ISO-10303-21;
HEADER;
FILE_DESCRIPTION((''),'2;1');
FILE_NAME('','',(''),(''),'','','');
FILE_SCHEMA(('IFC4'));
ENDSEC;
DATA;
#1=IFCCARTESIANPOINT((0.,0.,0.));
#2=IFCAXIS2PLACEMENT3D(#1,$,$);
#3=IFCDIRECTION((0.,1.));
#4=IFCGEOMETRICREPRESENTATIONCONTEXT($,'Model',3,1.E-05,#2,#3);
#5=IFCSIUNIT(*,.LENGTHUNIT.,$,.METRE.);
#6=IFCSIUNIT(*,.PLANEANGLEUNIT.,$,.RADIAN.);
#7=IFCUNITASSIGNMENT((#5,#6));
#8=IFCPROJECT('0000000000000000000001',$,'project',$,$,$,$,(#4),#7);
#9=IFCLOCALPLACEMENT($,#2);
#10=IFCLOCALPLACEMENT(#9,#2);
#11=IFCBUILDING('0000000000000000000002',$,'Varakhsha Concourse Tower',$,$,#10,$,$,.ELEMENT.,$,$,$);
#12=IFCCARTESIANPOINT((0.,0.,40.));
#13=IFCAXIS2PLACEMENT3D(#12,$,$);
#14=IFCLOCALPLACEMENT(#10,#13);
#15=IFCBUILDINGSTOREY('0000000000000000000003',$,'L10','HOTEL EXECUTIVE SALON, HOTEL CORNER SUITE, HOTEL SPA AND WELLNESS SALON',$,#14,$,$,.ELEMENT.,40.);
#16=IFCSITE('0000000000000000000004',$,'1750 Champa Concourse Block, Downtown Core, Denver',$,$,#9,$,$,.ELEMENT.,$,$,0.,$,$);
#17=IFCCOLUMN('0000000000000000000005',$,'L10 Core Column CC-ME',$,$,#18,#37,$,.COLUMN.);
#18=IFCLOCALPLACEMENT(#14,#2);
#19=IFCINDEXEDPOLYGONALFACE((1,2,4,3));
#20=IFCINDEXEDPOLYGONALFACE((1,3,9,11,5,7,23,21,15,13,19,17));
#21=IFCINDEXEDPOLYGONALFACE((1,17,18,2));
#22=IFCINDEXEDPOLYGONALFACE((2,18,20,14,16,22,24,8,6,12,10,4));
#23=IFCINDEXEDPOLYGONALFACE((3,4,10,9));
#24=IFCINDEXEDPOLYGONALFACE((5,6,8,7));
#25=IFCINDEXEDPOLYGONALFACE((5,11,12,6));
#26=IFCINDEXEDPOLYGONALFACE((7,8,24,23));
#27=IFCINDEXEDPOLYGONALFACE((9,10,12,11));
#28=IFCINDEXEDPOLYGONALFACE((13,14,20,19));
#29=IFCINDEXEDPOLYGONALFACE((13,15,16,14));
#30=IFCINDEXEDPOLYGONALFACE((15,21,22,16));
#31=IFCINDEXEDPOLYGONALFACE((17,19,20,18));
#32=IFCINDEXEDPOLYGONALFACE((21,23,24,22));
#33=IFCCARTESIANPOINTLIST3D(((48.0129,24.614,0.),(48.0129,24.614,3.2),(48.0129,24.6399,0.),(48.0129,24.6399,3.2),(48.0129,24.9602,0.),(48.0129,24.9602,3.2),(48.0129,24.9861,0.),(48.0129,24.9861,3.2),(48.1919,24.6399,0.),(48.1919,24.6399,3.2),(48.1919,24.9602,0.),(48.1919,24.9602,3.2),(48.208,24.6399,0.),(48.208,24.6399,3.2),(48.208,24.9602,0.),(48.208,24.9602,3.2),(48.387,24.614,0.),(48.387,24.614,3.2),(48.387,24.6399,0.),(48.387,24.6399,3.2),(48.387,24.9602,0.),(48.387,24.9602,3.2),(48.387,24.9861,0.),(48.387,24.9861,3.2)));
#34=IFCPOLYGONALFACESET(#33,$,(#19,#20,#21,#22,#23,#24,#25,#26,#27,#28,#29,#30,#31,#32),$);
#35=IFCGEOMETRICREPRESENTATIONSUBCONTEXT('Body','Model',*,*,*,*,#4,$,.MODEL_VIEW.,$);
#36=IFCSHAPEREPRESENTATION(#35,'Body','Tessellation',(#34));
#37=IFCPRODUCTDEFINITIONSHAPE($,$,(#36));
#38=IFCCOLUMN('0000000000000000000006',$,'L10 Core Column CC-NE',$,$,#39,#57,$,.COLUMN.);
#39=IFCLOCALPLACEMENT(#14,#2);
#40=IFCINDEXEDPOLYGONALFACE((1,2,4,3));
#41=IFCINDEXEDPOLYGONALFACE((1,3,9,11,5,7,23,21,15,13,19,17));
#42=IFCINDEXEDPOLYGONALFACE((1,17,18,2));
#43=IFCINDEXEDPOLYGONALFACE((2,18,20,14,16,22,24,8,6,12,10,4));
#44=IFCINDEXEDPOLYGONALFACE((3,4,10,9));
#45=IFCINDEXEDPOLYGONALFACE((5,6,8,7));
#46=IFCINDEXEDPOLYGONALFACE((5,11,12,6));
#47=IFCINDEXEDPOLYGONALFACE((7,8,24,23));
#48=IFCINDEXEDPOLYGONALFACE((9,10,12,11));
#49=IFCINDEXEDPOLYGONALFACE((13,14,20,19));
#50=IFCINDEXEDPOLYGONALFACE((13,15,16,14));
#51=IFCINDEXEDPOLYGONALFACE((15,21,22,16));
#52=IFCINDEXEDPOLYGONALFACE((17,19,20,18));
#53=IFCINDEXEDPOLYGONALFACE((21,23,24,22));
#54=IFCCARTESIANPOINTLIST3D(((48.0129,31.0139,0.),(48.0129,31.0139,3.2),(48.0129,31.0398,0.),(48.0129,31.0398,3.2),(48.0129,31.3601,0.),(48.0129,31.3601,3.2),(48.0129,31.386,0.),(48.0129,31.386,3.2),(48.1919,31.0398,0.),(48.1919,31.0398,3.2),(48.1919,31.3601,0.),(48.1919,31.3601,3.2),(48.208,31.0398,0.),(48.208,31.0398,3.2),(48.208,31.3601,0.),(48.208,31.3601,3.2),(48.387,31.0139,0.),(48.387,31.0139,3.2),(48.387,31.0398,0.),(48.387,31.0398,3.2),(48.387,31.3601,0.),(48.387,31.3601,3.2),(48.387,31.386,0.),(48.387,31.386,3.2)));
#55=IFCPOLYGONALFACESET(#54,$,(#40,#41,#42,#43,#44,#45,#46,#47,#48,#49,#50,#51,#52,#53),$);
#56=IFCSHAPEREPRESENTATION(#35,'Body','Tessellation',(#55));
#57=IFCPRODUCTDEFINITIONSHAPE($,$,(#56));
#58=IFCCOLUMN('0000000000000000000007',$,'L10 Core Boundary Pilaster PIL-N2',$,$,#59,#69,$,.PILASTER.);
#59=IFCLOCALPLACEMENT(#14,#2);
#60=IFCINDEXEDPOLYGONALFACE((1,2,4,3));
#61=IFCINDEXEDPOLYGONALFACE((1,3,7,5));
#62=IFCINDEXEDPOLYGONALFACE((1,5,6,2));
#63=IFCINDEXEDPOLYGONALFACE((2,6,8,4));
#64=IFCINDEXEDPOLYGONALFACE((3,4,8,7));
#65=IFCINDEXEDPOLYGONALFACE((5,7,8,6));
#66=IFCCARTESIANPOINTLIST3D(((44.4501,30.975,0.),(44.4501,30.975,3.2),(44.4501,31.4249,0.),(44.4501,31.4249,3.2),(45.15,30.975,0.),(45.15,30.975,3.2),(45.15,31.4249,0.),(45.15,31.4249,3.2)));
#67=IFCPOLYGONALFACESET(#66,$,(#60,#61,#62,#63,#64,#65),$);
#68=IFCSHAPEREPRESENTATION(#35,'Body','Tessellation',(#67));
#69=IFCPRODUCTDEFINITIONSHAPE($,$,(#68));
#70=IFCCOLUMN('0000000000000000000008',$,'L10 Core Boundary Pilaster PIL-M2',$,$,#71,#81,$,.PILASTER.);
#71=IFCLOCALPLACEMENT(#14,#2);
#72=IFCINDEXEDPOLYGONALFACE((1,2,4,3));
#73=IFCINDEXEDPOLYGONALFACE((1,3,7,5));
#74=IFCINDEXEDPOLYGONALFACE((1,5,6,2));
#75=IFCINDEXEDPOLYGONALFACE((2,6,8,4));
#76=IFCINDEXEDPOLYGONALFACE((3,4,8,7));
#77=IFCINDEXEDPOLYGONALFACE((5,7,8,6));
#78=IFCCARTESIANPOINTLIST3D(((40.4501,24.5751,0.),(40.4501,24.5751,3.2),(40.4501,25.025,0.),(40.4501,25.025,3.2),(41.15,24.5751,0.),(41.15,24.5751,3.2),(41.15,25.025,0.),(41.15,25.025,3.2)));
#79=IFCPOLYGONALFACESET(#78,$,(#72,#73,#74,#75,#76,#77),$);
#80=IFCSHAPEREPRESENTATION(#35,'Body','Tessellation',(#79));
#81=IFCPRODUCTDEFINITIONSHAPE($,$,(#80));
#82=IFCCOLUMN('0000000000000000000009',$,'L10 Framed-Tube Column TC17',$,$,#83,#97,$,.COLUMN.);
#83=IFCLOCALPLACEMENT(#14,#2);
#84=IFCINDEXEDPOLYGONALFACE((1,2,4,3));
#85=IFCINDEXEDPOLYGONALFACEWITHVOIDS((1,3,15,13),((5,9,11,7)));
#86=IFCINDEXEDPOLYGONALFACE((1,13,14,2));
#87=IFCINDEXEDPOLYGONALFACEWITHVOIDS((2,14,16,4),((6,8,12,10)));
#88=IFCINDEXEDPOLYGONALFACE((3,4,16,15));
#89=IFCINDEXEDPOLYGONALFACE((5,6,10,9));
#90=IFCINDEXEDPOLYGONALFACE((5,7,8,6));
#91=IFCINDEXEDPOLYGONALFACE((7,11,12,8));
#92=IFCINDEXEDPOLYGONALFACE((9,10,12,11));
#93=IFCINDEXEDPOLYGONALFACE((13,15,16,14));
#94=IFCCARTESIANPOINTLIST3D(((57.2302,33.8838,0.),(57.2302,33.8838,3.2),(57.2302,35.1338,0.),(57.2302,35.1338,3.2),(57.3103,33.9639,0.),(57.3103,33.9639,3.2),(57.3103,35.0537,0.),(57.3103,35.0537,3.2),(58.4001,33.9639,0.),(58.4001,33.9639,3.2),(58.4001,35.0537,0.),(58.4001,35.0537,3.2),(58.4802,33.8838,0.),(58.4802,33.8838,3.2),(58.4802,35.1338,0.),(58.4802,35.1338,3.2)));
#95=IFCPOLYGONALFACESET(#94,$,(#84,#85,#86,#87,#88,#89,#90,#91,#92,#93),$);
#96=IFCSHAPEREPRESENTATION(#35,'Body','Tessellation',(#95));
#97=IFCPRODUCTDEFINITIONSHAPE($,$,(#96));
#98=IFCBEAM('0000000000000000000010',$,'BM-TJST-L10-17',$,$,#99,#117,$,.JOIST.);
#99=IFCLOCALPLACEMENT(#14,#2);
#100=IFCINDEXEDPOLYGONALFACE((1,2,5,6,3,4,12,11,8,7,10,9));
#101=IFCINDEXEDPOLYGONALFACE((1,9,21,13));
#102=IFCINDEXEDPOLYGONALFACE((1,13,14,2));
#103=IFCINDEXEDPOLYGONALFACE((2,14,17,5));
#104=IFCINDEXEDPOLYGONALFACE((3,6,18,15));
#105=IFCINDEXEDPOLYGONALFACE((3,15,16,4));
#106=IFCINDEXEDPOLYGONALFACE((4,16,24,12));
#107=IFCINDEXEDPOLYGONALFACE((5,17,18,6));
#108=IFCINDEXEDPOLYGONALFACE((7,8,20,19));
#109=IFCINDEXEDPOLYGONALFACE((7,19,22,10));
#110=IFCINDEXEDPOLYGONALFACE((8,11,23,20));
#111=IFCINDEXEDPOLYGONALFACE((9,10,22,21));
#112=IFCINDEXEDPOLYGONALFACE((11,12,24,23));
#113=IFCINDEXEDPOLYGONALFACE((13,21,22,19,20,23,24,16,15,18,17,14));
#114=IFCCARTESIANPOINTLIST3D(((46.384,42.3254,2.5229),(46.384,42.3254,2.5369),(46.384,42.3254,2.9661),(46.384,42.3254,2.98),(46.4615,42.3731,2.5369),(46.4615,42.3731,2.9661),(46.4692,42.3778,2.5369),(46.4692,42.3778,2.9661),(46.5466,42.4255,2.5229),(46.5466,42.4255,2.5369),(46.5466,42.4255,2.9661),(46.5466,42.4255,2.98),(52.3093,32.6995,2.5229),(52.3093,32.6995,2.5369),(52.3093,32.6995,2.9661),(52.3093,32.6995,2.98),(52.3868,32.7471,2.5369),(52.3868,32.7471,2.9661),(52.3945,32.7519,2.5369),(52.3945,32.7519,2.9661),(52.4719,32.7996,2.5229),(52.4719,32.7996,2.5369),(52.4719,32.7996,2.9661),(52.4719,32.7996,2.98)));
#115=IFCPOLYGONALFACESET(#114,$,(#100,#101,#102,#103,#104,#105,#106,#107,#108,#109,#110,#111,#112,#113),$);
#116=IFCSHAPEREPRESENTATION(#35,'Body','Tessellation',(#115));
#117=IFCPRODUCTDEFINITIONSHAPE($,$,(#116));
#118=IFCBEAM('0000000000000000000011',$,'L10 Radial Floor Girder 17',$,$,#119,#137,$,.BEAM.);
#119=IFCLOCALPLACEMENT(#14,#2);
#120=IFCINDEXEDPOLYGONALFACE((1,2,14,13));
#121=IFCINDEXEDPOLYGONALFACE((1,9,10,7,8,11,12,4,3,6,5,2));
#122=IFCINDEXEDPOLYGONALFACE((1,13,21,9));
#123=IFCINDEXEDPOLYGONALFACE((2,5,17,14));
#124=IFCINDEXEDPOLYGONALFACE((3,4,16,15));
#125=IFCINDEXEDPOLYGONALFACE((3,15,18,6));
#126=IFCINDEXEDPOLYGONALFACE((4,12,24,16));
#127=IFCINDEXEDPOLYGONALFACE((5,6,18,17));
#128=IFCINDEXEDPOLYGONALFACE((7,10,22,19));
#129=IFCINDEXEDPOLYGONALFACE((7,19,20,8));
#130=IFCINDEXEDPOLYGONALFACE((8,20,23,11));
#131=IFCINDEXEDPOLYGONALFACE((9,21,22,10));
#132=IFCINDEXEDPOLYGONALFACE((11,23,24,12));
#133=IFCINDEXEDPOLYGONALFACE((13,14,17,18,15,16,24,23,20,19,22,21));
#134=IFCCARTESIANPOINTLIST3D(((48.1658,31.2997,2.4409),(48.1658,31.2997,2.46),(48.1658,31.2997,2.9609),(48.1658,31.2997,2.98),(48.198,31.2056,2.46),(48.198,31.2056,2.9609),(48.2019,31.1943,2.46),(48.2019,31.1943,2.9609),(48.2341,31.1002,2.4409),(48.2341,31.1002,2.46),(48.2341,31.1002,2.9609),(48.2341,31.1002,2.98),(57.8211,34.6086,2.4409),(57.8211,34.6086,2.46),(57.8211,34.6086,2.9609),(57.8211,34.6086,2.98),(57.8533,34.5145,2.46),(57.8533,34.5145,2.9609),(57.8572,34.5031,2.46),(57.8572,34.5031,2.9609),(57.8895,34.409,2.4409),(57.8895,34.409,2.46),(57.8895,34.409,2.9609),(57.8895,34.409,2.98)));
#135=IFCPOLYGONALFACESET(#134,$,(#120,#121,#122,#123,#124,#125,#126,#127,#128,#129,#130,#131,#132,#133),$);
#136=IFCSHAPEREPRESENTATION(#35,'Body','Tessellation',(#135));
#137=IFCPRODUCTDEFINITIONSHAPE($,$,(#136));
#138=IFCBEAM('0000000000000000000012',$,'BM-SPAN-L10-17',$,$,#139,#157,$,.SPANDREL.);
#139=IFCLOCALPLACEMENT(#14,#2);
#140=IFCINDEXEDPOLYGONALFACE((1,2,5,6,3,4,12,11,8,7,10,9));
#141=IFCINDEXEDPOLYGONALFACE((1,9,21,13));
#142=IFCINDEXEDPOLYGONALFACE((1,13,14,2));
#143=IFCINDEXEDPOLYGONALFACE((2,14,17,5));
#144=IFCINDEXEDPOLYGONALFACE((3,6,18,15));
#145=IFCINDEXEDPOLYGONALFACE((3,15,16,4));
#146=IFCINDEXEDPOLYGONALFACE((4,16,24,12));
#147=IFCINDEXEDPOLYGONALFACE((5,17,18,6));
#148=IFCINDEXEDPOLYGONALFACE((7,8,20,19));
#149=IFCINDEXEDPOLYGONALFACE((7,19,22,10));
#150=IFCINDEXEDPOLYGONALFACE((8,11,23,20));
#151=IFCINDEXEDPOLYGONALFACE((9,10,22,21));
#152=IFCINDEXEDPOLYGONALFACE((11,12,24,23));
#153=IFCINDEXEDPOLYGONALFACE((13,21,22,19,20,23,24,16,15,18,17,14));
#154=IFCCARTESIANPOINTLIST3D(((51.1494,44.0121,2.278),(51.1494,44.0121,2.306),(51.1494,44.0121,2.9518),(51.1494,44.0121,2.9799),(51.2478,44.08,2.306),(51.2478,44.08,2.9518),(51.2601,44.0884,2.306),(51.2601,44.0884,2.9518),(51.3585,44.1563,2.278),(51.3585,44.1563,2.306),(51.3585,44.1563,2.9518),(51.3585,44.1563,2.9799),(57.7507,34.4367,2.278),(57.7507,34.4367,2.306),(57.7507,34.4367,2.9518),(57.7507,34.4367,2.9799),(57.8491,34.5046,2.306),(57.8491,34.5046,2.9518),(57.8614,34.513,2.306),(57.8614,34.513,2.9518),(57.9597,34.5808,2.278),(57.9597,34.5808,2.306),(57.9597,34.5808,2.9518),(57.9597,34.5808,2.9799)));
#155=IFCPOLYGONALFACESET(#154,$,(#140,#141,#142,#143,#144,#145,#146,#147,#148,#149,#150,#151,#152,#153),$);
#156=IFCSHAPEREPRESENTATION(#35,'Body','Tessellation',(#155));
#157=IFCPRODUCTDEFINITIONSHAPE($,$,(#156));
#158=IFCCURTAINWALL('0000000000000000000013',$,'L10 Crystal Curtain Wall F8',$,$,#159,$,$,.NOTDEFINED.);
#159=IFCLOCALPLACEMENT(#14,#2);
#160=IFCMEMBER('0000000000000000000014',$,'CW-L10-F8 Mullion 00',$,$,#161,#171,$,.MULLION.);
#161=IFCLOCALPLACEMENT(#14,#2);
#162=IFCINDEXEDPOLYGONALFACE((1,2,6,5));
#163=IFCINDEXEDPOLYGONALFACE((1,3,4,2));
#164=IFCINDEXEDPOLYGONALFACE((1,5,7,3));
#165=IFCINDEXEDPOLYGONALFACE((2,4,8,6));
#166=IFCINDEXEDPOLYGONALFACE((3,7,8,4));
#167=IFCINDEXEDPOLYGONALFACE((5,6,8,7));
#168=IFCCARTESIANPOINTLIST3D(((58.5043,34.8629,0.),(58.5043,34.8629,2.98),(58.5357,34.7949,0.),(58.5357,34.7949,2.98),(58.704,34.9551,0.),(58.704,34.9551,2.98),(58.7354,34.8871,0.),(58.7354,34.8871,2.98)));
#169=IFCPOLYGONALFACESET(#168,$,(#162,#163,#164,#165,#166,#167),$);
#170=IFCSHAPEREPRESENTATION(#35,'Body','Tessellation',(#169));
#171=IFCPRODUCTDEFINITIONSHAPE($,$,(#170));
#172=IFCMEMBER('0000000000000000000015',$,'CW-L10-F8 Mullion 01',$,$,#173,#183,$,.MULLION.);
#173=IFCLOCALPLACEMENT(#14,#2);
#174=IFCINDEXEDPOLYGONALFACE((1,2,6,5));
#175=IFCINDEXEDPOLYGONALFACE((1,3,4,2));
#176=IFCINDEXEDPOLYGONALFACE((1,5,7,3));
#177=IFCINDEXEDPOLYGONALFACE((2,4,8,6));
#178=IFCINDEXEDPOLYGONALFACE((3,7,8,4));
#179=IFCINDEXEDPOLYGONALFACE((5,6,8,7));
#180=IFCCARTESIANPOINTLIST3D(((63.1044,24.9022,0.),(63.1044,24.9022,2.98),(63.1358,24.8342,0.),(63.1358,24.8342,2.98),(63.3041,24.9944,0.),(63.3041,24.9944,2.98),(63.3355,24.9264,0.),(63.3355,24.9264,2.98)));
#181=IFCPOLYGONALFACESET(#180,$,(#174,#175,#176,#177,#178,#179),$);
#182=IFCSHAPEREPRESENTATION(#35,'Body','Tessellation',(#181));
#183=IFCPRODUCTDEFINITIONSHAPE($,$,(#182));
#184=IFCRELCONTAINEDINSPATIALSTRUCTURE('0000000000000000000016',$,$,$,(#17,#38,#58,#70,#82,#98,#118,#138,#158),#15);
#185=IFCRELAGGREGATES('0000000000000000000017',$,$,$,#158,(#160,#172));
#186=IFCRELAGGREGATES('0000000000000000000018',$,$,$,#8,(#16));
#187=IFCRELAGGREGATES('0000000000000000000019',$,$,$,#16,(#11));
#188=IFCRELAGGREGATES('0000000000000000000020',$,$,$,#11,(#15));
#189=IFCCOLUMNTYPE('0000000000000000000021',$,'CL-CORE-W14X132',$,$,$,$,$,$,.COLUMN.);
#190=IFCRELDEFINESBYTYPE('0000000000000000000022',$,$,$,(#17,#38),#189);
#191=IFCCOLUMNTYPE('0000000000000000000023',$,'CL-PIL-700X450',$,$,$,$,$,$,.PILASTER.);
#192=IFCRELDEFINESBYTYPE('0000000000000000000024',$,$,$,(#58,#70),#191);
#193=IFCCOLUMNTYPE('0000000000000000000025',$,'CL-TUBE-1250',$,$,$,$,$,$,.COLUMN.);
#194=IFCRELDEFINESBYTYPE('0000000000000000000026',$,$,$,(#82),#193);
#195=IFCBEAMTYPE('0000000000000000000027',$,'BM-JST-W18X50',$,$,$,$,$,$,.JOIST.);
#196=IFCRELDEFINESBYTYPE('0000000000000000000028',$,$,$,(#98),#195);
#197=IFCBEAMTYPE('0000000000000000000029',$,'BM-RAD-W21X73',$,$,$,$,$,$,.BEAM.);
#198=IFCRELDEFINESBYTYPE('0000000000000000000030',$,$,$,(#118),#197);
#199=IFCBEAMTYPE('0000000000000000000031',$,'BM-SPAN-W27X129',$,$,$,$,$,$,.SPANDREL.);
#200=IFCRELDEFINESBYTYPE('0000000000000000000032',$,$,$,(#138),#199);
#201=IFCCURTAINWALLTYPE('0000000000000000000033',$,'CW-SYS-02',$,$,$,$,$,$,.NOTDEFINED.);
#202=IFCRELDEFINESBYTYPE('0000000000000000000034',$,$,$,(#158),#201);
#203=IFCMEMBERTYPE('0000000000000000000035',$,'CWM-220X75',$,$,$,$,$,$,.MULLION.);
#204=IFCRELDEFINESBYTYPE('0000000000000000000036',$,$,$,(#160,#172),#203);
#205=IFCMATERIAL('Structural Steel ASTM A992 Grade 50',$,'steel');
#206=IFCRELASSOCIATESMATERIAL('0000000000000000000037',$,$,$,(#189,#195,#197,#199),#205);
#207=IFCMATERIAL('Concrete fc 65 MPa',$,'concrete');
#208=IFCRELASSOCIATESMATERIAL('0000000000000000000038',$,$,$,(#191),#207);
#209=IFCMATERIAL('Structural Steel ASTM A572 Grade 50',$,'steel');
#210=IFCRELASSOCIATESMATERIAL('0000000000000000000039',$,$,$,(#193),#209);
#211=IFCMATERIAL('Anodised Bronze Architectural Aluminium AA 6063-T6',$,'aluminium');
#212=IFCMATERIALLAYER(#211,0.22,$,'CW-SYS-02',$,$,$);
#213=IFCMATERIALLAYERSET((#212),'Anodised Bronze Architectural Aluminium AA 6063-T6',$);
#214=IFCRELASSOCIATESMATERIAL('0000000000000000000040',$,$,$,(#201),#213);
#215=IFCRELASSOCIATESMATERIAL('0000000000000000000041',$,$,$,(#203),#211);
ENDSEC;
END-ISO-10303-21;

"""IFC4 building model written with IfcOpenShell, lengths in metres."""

from ifc_helpers import new_model, si_unit, direction, frame, origin, origin_2d, place, context, subcontext, project, spatial, rectangle, hollow_rectangle, i_section, extrude, source, transform, mapped, material, layer, layer_set, material_profile, profile_set, type_object, type_shapes, element, aggregate, save


model = new_model("IFC4")

# Units and contexts
model_context = context("Model", 3, precision=1e-05, world=origin(), true_north=direction((0.0, 1.0)))
body_context = subcontext(model_context, "Body", "Model", "MODEL_VIEW")
ifc_project = project(units=[si_unit("LENGTHUNIT", "METRE"), si_unit("PLANEANGLEUNIT", "RADIAN")], contexts=[model_context])

# Site, building, storey
site_placement = place(None, origin())
site = spatial("IfcSite", under=ifc_project, at=site_placement, Name="1750 Champa Concourse Block, Downtown Core, Denver", CompositionType="ELEMENT", RefElevation=0.0)
building_placement = place(site_placement, origin())
building = spatial("IfcBuilding", under=site, at=building_placement, Name="Varakhsha Concourse Tower", CompositionType="ELEMENT")
storey_placement = place(building_placement, frame((0.0, 0.0, 40.0)))
storey = spatial("IfcBuildingStorey", under=building, at=storey_placement, Name="L10", Description="HOTEL EXECUTIVE SALON, HOTEL CORNER SUITE, HOTEL SPA AND WELLNESS SALON", CompositionType="ELEMENT", Elevation=40.0)

# Columns
ifc_material_1 = material(Name="Structural Steel ASTM A992 Grade 50", Category="steel")
ifc_material_profile_1 = material_profile(ifc_material_1, i_section(OverallWidth=0.374, OverallDepth=0.3721, WebThickness=0.0161, FlangeThickness=0.0259, at=origin_2d()), Name="W14X132")
ifc_profile_set_1 = profile_set([ifc_material_profile_1], Name="Structural Steel ASTM A992 Grade 50")
column_type_1 = type_object("IfcColumnType", Name="CL-CORE-W14X132", PredefinedType="COLUMN", material=ifc_profile_set_1)
for number, where, z_axis, x_axis, name in (
    (1, (48.2, 24.8, 0.0), (0.0, 0.0, 1.0), (1.0, 0.0, 0.0), "L10 Core Column CC-ME"),
    (2, (48.2, 31.2, 0.0), (0.0, 0.0, 1.0), (1.0, 0.0, 0.0), "L10 Core Column CC-NE"),
):
    element("IfcColumn", number, at=place(storey_placement, frame(where, z_axis=z_axis, x_axis=x_axis)), inside=storey, type_object=column_type_1, Name=name, PredefinedType="COLUMN", context=body_context, shape_type="SweptSolid", body=[
        extrude(i_section(OverallWidth=0.374, OverallDepth=0.3721, WebThickness=0.0161, FlangeThickness=0.0259, at=origin_2d()), origin(), (0.0, 0.0, 1.0), 3.2),
    ])
ifc_material_2 = material(Name="Concrete fc 65 MPa", Category="concrete")
ifc_material_profile_2 = material_profile(ifc_material_2, rectangle(XDim=0.7, YDim=0.45, at=origin_2d()), Name="RC 700x450")
ifc_profile_set_2 = profile_set([ifc_material_profile_2], Name="Concrete fc 65 MPa")
column_type_2 = type_object("IfcColumnType", Name="CL-PIL-700X450", PredefinedType="PILASTER", material=ifc_profile_set_2)
for number, where, z_axis, x_axis, name in (
    (3, (44.8, 31.2, 0.0), (0.0, 0.0, 1.0), (1.0, 0.0, 0.0), "L10 Core Boundary Pilaster PIL-N2"),
    (4, (40.8, 24.8, 0.0), (0.0, 0.0, 1.0), (1.0, 0.0, 0.0), "L10 Core Boundary Pilaster PIL-M2"),
):
    element("IfcColumn", number, at=place(storey_placement, frame(where, z_axis=z_axis, x_axis=x_axis)), inside=storey, type_object=column_type_2, Name=name, PredefinedType="PILASTER", context=body_context, shape_type="SweptSolid", body=[
        extrude(rectangle(XDim=0.7, YDim=0.45, at=origin_2d()), origin(), (0.0, 0.0, 1.0), 3.2),
    ])
ifc_material_3 = material(Name="Structural Steel ASTM A572 Grade 50", Category="steel")
ifc_material_profile_3 = material_profile(ifc_material_3, hollow_rectangle(XDim=1.25, YDim=1.25, WallThickness=0.0801, at=origin_2d()), Name="BOX 1250x1250x80")
ifc_profile_set_3 = profile_set([ifc_material_profile_3], Name="Structural Steel ASTM A572 Grade 50")
column_type_3 = type_object("IfcColumnType", Name="CL-TUBE-1250", PredefinedType="COLUMN", material=ifc_profile_set_3)
column_placement = place(storey_placement, frame((57.8552, 34.5088, 0.0), z_axis=(0.0, 0.0, 1.0), x_axis=(1.0, 0.0, 0.0)))
element("IfcColumn", 5, at=column_placement, inside=storey, type_object=column_type_3, Name="L10 Framed-Tube Column TC17", PredefinedType="COLUMN", context=body_context, shape_type="SweptSolid", body=[
    extrude(hollow_rectangle(XDim=1.25, YDim=1.25, WallThickness=0.0801, at=origin_2d()), origin(), (0.0, 0.0, 1.0), 3.2),
])

# Beams
ifc_material_profile_4 = material_profile(ifc_material_1, i_section(OverallWidth=0.1909, OverallDepth=0.457, WebThickness=0.009, FlangeThickness=0.0139, at=origin_2d()), Name="W18X50")
ifc_profile_set_4 = profile_set([ifc_material_profile_4], Name="Structural Steel ASTM A992 Grade 50")
beam_type_1 = type_object("IfcBeamType", Name="BM-JST-W18X50", PredefinedType="JOIST", material=ifc_profile_set_4)
beam_1_placement = place(storey_placement, frame((52.3906, 32.7495, 2.7515), z_axis=(-0.524201, 0.851595, 0.0), x_axis=(-0.851595, -0.524201, 0.0)))
element("IfcBeam", 6, at=beam_1_placement, inside=storey, type_object=beam_type_1, Name="BM-TJST-L10-17", PredefinedType="JOIST", context=body_context, shape_type="SweptSolid", body=[
    extrude(i_section(OverallWidth=0.1909, OverallDepth=0.457, WebThickness=0.009, FlangeThickness=0.0139, at=origin_2d()), origin(), (0.0, 0.0, 1.0), 11.3035),
])
ifc_material_profile_5 = material_profile(ifc_material_1, i_section(OverallWidth=0.2109, OverallDepth=0.5391, WebThickness=0.012, FlangeThickness=0.019, at=origin_2d()), Name="W21X73")
ifc_profile_set_5 = profile_set([ifc_material_profile_5], Name="Structural Steel ASTM A992 Grade 50")
beam_type_2 = type_object("IfcBeamType", Name="BM-RAD-W21X73", PredefinedType="BEAM", material=ifc_profile_set_5)
beam_2_placement = place(storey_placement, frame((48.2, 31.2, 2.7104), z_axis=(0.945992, 0.324189, 0.0), x_axis=(-0.324189, 0.945992, 0.0)))
element("IfcBeam", 7, at=beam_2_placement, inside=storey, type_object=beam_type_2, Name="L10 Radial Floor Girder 17", PredefinedType="BEAM", context=body_context, shape_type="SweptSolid", body=[
    extrude(i_section(OverallWidth=0.2109, OverallDepth=0.5391, WebThickness=0.012, FlangeThickness=0.019, at=origin_2d()), origin(), (0.0, 0.0, 1.0), 10.2065),
])
ifc_material_profile_6 = material_profile(ifc_material_1, i_section(OverallWidth=0.2539, OverallDepth=0.7019, WebThickness=0.0149, FlangeThickness=0.0281, at=origin_2d()), Name="W27X129")
ifc_profile_set_6 = profile_set([ifc_material_profile_6], Name="Structural Steel ASTM A992 Grade 50")
beam_type_3 = type_object("IfcBeamType", Name="BM-SPAN-W27X129", PredefinedType="SPANDREL", material=ifc_profile_set_6)
beam_3_placement = place(storey_placement, frame((57.8552, 34.5088, 2.6289), z_axis=(-0.567591, 0.823311, 0.0), x_axis=(-0.823311, -0.567591, 0.0)))
element("IfcBeam", 8, at=beam_3_placement, inside=storey, type_object=beam_type_3, Name="BM-SPAN-L10-17", PredefinedType="SPANDREL", context=body_context, shape_type="SweptSolid", body=[
    extrude(i_section(OverallWidth=0.2539, OverallDepth=0.7019, WebThickness=0.0149, FlangeThickness=0.0281, at=origin_2d()), origin(), (0.0, 0.0, 1.0), 11.6304),
])

# Curtain wall, members
ifc_material_4 = material(Name="Anodised Bronze Architectural Aluminium AA 6063-T6", Category="aluminium")
ifc_layer_1 = layer(ifc_material_4, 0.22, Name="CW-SYS-02")
ifc_layer_set_1 = layer_set([ifc_layer_1], Name="Anodised Bronze Architectural Aluminium AA 6063-T6")
curtain_wall_type = type_object("IfcCurtainWallType", Name="CW-SYS-02", PredefinedType="NOTDEFINED", material=ifc_layer_set_1)
curtain_wall_1_placement = place(storey_placement, origin())
curtain_wall_1 = element("IfcCurtainWall", 9, at=curtain_wall_1_placement, inside=storey, type_object=curtain_wall_type, Name="L10 Crystal Curtain Wall F8", PredefinedType="NOTDEFINED")
ifc_material_profile_7 = material_profile(ifc_material_4, rectangle(XDim=0.075, YDim=0.22, at=origin_2d()), Name="CWM-220X75")
ifc_profile_set_7 = profile_set([ifc_material_profile_7], Name="Anodised Bronze Architectural Aluminium AA 6063-T6")
member_type_1 = type_object("IfcMemberType", Name="CWM-220X75", PredefinedType="MULLION", material=ifc_profile_set_7)
shared_shape_1 = source(origin(), body_context, "Body", "SweptSolid", [
    extrude(rectangle(XDim=0.075, YDim=0.22, at=origin_2d()), origin(), (0.0, 0.0, 1.0), 2.98),
])
type_shapes(member_type_1, [shared_shape_1])
member_1_placement = place(storey_placement, frame((58.6199, 34.875, 0.0), z_axis=(0.0, 0.0, 1.0), x_axis=(0.41927, -0.907862, 0.0)))
member_1 = element("IfcMember", 10, at=member_1_placement, type_object=member_type_1, Name="CW-L10-F8 Mullion 00", PredefinedType="MULLION", context=body_context, shape_type="MappedRepresentation", body=[
    mapped(shared_shape_1, transform((0.0, 0.0, 0.0), scale=1.0)),
])
member_2_placement = place(storey_placement, frame((63.22, 24.9143, 0.0), z_axis=(0.0, 0.0, 1.0), x_axis=(0.41927, -0.907862, 0.0)))
member_2 = element("IfcMember", 11, at=member_2_placement, type_object=member_type_1, Name="CW-L10-F8 Mullion 01", PredefinedType="MULLION", context=body_context, shape_type="MappedRepresentation", body=[
    mapped(shared_shape_1, transform((0.0, 0.0, 0.0), scale=1.0)),
])

aggregate(curtain_wall_1, [member_1, member_2])

save(model, "model.ifc")
